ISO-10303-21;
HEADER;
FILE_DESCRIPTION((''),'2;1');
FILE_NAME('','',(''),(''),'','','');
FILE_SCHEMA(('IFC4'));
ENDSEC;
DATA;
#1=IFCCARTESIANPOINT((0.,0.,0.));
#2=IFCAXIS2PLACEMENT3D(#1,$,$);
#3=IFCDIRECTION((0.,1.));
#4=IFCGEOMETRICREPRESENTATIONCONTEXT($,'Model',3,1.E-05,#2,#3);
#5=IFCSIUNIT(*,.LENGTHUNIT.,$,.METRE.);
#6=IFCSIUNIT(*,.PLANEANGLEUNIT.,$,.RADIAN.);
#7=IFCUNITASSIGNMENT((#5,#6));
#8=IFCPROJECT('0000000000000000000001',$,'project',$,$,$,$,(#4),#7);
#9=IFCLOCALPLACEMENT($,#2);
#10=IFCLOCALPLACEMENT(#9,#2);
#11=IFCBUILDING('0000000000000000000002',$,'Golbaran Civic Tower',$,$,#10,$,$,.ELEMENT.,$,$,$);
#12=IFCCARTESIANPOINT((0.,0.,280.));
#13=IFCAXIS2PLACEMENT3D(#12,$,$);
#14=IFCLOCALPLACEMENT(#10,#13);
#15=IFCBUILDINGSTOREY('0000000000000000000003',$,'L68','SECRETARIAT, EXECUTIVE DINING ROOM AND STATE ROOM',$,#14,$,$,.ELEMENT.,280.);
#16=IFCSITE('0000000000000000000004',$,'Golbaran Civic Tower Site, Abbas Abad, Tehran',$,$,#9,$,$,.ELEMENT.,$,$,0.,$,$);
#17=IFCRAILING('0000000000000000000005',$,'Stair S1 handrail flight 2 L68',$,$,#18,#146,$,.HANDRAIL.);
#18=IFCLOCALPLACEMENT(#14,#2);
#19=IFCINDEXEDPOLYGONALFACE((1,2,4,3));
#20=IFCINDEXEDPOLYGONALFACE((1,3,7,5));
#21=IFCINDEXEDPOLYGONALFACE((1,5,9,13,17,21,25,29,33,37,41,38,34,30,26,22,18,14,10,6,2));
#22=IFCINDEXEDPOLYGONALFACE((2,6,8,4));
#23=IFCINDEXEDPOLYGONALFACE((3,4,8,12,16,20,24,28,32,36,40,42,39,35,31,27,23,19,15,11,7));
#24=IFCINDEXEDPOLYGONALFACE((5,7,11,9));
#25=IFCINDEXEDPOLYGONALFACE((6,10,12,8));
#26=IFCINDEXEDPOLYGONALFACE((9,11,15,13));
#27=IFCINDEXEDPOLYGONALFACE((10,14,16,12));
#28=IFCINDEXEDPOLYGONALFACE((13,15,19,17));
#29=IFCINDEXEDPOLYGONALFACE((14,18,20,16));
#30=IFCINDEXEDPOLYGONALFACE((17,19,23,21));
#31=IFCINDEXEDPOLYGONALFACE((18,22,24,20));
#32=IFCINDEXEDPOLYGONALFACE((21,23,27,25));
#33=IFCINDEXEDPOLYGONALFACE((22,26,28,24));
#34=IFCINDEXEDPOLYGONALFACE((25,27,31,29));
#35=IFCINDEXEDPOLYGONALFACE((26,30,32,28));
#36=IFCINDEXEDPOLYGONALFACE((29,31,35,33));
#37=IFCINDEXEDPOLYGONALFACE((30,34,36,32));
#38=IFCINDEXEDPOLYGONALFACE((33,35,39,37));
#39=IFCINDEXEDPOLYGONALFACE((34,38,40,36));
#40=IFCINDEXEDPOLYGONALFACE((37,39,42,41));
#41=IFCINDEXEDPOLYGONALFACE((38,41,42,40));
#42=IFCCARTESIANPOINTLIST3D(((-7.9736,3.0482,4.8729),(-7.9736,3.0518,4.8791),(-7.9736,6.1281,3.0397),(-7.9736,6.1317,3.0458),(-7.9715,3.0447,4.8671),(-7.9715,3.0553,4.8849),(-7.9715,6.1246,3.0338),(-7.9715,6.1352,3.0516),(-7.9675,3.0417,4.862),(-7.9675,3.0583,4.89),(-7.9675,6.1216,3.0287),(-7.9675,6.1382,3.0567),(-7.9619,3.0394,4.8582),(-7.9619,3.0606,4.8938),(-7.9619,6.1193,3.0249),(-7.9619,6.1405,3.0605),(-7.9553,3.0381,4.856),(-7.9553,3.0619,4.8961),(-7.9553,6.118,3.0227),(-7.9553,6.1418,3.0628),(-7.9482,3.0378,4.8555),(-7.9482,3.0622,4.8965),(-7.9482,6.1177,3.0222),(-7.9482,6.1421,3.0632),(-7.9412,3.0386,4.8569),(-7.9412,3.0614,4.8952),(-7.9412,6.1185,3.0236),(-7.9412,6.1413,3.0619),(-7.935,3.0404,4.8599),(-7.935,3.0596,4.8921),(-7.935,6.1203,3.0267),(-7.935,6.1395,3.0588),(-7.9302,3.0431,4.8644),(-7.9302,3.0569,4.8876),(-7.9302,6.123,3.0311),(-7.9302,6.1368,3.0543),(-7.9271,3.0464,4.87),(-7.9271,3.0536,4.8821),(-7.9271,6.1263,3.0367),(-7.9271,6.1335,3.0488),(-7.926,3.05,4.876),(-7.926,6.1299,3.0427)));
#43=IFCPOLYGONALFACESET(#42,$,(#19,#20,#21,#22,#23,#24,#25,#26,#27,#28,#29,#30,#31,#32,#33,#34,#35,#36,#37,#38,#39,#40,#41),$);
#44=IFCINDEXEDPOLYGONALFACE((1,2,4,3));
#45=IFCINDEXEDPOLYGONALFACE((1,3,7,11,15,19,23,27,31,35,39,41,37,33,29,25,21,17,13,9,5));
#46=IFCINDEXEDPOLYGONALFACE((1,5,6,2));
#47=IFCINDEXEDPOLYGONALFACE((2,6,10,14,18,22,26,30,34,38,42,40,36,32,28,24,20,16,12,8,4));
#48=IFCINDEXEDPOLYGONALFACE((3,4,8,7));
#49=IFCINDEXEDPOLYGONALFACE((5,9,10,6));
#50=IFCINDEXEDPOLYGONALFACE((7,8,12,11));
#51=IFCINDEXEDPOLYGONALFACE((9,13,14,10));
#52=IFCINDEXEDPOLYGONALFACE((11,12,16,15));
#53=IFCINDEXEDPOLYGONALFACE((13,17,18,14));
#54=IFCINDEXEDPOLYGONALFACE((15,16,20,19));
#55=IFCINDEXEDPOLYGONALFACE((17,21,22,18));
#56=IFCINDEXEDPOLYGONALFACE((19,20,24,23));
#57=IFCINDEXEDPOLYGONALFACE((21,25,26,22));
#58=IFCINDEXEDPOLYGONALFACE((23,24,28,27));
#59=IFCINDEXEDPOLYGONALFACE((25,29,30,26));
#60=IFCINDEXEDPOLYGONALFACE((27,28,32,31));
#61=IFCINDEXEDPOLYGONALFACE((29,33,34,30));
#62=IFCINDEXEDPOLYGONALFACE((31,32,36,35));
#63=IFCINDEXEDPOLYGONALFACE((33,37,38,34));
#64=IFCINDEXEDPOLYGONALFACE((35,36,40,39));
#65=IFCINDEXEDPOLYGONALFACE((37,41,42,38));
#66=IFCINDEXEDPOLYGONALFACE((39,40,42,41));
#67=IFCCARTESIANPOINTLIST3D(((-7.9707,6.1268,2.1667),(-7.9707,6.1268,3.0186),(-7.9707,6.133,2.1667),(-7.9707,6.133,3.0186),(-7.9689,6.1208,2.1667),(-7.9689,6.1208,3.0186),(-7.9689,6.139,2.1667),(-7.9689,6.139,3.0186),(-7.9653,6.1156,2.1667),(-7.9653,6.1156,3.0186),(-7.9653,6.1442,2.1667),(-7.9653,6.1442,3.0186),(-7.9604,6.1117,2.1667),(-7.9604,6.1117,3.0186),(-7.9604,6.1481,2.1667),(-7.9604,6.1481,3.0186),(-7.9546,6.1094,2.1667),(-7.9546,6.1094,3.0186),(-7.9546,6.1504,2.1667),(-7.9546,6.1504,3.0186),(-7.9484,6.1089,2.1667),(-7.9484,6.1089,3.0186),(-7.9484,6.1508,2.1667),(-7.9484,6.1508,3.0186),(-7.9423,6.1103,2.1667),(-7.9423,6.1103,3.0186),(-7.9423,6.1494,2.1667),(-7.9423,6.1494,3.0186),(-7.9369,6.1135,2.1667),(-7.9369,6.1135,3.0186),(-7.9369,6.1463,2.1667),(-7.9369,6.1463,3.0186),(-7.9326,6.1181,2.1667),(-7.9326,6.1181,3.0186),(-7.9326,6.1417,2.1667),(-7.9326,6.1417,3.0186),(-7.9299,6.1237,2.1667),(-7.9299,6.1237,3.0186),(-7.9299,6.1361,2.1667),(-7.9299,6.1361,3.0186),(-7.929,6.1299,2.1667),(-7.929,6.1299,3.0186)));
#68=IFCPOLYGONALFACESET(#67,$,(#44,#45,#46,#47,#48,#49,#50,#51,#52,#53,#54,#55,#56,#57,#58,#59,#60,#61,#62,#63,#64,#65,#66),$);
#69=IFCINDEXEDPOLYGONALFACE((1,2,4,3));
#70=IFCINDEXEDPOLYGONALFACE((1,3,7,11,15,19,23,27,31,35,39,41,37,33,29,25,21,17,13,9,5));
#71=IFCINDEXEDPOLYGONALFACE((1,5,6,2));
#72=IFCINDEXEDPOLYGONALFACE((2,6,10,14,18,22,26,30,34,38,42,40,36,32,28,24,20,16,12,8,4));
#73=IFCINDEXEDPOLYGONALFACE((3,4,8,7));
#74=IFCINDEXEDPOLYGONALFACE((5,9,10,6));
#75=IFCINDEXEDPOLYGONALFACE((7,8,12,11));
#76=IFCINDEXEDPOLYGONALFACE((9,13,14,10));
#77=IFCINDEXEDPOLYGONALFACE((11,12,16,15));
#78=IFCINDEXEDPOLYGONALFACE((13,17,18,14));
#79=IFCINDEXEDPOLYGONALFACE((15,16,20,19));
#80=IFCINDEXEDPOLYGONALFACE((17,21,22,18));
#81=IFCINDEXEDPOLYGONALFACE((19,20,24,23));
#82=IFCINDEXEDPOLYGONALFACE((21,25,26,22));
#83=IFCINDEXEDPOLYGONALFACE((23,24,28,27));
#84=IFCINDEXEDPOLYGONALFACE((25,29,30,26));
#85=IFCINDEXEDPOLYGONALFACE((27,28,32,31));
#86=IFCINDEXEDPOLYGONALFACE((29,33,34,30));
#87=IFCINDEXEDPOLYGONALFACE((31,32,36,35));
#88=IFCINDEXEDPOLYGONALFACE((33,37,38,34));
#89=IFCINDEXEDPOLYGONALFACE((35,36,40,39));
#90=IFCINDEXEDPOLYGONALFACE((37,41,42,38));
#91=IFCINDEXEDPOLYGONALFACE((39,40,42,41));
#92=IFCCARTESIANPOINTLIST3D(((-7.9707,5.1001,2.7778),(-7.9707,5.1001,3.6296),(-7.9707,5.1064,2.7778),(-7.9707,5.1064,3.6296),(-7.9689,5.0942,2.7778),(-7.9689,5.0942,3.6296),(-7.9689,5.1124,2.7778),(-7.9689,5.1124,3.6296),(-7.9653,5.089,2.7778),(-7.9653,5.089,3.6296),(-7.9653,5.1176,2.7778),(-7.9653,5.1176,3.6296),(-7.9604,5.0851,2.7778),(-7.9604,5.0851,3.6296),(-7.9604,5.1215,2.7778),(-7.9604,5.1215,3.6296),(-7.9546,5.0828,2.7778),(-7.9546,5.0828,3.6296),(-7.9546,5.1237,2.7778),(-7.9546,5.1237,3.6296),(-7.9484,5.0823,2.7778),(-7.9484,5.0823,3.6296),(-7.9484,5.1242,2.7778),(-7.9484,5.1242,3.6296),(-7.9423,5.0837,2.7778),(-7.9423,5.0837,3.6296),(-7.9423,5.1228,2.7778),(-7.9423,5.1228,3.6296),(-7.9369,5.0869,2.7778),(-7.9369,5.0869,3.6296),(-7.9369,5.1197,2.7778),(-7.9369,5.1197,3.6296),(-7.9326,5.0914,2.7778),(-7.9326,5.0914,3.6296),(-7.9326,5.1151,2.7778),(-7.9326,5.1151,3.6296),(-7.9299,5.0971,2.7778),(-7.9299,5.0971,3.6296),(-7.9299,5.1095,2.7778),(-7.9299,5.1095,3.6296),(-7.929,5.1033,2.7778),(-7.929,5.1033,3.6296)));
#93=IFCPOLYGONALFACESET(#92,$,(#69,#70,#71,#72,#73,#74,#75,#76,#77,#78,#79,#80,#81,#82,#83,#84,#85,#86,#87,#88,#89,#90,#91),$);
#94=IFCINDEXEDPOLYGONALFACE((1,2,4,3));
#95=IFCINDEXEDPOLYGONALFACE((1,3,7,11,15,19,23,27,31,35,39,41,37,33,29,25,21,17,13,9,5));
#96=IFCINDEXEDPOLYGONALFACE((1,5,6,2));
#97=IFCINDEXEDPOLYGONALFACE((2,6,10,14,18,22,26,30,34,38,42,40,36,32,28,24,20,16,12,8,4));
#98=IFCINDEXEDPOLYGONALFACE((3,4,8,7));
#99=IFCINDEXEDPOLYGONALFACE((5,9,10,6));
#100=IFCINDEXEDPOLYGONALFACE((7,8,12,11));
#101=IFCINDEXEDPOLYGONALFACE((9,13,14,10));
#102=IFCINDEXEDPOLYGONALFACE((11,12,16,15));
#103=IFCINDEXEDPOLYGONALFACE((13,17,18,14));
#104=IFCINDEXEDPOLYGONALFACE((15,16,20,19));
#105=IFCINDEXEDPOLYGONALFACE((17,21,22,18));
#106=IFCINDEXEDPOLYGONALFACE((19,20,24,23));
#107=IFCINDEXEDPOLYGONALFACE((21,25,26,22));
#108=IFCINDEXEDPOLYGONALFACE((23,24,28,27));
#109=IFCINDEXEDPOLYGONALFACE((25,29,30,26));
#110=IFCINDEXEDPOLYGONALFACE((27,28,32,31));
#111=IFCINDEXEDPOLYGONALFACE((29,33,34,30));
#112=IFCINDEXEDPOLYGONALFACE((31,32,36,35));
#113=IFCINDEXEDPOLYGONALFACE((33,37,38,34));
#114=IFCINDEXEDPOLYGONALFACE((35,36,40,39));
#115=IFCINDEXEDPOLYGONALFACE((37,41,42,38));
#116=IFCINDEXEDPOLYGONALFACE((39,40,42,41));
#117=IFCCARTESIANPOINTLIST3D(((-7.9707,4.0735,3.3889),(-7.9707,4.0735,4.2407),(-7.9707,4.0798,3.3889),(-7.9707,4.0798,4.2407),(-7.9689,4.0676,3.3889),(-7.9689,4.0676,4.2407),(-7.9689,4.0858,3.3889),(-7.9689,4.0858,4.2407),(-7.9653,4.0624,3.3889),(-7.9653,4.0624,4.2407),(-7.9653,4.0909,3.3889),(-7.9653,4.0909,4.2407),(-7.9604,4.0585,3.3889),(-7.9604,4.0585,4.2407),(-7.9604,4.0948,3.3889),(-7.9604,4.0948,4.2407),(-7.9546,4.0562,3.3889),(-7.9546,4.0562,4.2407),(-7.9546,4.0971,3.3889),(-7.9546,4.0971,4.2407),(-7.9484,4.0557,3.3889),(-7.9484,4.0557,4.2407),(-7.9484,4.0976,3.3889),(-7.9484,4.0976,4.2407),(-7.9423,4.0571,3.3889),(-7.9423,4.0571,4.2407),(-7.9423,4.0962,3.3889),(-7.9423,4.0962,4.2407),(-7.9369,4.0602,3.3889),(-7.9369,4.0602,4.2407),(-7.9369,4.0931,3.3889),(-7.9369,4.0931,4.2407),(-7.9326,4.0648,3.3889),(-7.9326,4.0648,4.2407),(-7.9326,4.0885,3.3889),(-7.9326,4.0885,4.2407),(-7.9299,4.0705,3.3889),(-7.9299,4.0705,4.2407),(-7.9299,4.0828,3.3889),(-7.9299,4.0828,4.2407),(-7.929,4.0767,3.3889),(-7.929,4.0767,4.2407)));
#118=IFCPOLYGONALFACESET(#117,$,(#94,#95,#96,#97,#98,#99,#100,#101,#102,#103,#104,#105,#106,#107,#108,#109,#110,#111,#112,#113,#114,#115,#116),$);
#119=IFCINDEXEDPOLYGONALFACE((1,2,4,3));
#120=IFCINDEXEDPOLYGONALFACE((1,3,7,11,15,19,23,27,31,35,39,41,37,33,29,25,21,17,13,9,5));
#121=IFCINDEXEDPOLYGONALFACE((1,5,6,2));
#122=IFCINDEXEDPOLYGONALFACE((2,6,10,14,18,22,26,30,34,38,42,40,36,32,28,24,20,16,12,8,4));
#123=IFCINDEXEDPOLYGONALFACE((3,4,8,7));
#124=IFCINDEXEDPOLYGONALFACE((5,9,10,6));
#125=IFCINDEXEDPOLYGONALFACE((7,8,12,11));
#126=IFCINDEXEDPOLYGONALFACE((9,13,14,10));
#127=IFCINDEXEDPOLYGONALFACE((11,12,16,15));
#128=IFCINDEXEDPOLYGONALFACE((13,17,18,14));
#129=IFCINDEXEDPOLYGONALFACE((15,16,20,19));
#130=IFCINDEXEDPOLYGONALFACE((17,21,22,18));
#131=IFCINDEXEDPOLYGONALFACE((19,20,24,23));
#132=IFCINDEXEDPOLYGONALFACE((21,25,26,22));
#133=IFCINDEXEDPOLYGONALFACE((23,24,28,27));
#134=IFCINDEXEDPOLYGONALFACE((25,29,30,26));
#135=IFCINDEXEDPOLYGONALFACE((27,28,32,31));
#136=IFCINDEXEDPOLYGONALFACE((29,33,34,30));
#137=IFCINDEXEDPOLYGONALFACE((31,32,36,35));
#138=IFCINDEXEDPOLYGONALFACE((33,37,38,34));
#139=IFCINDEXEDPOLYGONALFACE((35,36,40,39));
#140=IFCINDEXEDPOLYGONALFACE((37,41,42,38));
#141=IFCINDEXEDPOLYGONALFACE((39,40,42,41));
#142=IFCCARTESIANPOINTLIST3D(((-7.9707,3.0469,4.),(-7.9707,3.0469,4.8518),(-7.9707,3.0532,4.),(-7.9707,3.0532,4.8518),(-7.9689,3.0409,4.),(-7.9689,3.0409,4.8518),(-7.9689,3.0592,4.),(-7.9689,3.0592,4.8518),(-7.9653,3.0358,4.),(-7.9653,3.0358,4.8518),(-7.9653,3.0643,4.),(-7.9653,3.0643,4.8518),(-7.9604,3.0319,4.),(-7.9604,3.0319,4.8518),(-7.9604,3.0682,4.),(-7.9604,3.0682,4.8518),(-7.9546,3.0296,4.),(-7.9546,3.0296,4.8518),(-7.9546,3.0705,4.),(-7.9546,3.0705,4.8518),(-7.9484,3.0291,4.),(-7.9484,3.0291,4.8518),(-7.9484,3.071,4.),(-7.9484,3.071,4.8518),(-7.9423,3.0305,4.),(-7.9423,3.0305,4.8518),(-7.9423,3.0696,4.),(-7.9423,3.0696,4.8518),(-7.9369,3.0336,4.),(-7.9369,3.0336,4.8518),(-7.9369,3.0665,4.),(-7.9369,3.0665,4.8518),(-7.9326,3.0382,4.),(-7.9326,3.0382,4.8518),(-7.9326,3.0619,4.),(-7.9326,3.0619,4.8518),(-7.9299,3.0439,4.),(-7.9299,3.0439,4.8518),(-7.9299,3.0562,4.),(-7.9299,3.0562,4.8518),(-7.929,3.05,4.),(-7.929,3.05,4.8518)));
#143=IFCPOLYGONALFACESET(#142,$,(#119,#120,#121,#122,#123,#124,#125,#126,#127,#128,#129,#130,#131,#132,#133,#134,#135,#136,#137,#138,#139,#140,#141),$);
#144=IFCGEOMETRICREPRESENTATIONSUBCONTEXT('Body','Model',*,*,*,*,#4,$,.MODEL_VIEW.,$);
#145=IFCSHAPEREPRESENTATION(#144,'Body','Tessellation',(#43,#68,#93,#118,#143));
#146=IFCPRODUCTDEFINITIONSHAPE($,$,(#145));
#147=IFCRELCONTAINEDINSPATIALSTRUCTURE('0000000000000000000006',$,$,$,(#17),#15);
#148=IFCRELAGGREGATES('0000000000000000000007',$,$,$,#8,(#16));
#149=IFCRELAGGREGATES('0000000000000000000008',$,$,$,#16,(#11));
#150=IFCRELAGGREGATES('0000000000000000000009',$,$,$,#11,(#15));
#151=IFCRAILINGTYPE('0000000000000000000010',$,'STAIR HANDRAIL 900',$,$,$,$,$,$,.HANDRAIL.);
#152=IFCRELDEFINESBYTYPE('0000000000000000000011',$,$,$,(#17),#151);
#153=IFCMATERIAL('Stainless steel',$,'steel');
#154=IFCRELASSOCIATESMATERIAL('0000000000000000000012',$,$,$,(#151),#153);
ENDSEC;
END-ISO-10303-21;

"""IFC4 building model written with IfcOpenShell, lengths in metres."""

from ifc_helpers import new_model, si_unit, direction, frame, origin, origin_2d, place, context, subcontext, project, spatial, circle, extrude, material, type_object, element, save


model = new_model("IFC4")

# Units and contexts
model_context = context("Model", 3, precision=1e-05, world=origin(), true_north=direction((0.0, 1.0)))
body_context = subcontext(model_context, "Body", "Model", "MODEL_VIEW")
ifc_project = project(units=[si_unit("LENGTHUNIT", "METRE"), si_unit("PLANEANGLEUNIT", "RADIAN")], contexts=[model_context])

# Site, building, storey
site_placement = place(None, origin())
site = spatial("IfcSite", under=ifc_project, at=site_placement, Name="Golbaran Civic Tower Site, Abbas Abad, Tehran", CompositionType="ELEMENT", RefElevation=0.0)
building_placement = place(site_placement, origin())
building = spatial("IfcBuilding", under=site, at=building_placement, Name="Golbaran Civic Tower", CompositionType="ELEMENT")
storey_placement = place(building_placement, frame((0.0, 0.0, 280.0)))
storey = spatial("IfcBuildingStorey", under=building, at=storey_placement, Name="L68", Description="SECRETARIAT, EXECUTIVE DINING ROOM AND STATE ROOM", CompositionType="ELEMENT", Elevation=280.0)

# Shared definitions
ifc_material_1 = material(Name="Stainless steel", Category="steel")

# Railing
railing_type = type_object("IfcRailingType", Name="STAIR HANDRAIL 900", PredefinedType="HANDRAIL", material=ifc_material_1)
railing_1_placement = place(storey_placement, frame((-7.95, 6.1299, 2.1667)))
element("IfcRailing", 1, at=railing_1_placement, inside=storey, type_object=railing_type, Name="Stair S1 handrail flight 2 L68", PredefinedType="HANDRAIL", context=body_context, shape_type="SweptSolid", body=[
    extrude(circle(Radius=0.0239, at=origin_2d()), frame((0.0, 0.0, 0.876), z_axis=(0.0, -0.859291, 0.511487), x_axis=(1.0, 0.0, 0.0)), (0.0, 0.0, 1.0), 3.5842),
    extrude(circle(Radius=0.021, at=origin_2d()), origin(), (0.0, 0.0, 1.0), 0.8518),
    extrude(circle(Radius=0.021, at=origin_2d()), frame((0.0, -1.0266, 0.6111)), (0.0, 0.0, 1.0), 0.8518),
    extrude(circle(Radius=0.021, at=origin_2d()), frame((0.0, -2.0532, 1.2222)), (0.0, 0.0, 1.0), 0.8518),
    extrude(circle(Radius=0.021, at=origin_2d()), frame((0.0, -3.0798, 1.8333)), (0.0, 0.0, 1.0), 0.8518),
])

save(model, "model.ifc")
